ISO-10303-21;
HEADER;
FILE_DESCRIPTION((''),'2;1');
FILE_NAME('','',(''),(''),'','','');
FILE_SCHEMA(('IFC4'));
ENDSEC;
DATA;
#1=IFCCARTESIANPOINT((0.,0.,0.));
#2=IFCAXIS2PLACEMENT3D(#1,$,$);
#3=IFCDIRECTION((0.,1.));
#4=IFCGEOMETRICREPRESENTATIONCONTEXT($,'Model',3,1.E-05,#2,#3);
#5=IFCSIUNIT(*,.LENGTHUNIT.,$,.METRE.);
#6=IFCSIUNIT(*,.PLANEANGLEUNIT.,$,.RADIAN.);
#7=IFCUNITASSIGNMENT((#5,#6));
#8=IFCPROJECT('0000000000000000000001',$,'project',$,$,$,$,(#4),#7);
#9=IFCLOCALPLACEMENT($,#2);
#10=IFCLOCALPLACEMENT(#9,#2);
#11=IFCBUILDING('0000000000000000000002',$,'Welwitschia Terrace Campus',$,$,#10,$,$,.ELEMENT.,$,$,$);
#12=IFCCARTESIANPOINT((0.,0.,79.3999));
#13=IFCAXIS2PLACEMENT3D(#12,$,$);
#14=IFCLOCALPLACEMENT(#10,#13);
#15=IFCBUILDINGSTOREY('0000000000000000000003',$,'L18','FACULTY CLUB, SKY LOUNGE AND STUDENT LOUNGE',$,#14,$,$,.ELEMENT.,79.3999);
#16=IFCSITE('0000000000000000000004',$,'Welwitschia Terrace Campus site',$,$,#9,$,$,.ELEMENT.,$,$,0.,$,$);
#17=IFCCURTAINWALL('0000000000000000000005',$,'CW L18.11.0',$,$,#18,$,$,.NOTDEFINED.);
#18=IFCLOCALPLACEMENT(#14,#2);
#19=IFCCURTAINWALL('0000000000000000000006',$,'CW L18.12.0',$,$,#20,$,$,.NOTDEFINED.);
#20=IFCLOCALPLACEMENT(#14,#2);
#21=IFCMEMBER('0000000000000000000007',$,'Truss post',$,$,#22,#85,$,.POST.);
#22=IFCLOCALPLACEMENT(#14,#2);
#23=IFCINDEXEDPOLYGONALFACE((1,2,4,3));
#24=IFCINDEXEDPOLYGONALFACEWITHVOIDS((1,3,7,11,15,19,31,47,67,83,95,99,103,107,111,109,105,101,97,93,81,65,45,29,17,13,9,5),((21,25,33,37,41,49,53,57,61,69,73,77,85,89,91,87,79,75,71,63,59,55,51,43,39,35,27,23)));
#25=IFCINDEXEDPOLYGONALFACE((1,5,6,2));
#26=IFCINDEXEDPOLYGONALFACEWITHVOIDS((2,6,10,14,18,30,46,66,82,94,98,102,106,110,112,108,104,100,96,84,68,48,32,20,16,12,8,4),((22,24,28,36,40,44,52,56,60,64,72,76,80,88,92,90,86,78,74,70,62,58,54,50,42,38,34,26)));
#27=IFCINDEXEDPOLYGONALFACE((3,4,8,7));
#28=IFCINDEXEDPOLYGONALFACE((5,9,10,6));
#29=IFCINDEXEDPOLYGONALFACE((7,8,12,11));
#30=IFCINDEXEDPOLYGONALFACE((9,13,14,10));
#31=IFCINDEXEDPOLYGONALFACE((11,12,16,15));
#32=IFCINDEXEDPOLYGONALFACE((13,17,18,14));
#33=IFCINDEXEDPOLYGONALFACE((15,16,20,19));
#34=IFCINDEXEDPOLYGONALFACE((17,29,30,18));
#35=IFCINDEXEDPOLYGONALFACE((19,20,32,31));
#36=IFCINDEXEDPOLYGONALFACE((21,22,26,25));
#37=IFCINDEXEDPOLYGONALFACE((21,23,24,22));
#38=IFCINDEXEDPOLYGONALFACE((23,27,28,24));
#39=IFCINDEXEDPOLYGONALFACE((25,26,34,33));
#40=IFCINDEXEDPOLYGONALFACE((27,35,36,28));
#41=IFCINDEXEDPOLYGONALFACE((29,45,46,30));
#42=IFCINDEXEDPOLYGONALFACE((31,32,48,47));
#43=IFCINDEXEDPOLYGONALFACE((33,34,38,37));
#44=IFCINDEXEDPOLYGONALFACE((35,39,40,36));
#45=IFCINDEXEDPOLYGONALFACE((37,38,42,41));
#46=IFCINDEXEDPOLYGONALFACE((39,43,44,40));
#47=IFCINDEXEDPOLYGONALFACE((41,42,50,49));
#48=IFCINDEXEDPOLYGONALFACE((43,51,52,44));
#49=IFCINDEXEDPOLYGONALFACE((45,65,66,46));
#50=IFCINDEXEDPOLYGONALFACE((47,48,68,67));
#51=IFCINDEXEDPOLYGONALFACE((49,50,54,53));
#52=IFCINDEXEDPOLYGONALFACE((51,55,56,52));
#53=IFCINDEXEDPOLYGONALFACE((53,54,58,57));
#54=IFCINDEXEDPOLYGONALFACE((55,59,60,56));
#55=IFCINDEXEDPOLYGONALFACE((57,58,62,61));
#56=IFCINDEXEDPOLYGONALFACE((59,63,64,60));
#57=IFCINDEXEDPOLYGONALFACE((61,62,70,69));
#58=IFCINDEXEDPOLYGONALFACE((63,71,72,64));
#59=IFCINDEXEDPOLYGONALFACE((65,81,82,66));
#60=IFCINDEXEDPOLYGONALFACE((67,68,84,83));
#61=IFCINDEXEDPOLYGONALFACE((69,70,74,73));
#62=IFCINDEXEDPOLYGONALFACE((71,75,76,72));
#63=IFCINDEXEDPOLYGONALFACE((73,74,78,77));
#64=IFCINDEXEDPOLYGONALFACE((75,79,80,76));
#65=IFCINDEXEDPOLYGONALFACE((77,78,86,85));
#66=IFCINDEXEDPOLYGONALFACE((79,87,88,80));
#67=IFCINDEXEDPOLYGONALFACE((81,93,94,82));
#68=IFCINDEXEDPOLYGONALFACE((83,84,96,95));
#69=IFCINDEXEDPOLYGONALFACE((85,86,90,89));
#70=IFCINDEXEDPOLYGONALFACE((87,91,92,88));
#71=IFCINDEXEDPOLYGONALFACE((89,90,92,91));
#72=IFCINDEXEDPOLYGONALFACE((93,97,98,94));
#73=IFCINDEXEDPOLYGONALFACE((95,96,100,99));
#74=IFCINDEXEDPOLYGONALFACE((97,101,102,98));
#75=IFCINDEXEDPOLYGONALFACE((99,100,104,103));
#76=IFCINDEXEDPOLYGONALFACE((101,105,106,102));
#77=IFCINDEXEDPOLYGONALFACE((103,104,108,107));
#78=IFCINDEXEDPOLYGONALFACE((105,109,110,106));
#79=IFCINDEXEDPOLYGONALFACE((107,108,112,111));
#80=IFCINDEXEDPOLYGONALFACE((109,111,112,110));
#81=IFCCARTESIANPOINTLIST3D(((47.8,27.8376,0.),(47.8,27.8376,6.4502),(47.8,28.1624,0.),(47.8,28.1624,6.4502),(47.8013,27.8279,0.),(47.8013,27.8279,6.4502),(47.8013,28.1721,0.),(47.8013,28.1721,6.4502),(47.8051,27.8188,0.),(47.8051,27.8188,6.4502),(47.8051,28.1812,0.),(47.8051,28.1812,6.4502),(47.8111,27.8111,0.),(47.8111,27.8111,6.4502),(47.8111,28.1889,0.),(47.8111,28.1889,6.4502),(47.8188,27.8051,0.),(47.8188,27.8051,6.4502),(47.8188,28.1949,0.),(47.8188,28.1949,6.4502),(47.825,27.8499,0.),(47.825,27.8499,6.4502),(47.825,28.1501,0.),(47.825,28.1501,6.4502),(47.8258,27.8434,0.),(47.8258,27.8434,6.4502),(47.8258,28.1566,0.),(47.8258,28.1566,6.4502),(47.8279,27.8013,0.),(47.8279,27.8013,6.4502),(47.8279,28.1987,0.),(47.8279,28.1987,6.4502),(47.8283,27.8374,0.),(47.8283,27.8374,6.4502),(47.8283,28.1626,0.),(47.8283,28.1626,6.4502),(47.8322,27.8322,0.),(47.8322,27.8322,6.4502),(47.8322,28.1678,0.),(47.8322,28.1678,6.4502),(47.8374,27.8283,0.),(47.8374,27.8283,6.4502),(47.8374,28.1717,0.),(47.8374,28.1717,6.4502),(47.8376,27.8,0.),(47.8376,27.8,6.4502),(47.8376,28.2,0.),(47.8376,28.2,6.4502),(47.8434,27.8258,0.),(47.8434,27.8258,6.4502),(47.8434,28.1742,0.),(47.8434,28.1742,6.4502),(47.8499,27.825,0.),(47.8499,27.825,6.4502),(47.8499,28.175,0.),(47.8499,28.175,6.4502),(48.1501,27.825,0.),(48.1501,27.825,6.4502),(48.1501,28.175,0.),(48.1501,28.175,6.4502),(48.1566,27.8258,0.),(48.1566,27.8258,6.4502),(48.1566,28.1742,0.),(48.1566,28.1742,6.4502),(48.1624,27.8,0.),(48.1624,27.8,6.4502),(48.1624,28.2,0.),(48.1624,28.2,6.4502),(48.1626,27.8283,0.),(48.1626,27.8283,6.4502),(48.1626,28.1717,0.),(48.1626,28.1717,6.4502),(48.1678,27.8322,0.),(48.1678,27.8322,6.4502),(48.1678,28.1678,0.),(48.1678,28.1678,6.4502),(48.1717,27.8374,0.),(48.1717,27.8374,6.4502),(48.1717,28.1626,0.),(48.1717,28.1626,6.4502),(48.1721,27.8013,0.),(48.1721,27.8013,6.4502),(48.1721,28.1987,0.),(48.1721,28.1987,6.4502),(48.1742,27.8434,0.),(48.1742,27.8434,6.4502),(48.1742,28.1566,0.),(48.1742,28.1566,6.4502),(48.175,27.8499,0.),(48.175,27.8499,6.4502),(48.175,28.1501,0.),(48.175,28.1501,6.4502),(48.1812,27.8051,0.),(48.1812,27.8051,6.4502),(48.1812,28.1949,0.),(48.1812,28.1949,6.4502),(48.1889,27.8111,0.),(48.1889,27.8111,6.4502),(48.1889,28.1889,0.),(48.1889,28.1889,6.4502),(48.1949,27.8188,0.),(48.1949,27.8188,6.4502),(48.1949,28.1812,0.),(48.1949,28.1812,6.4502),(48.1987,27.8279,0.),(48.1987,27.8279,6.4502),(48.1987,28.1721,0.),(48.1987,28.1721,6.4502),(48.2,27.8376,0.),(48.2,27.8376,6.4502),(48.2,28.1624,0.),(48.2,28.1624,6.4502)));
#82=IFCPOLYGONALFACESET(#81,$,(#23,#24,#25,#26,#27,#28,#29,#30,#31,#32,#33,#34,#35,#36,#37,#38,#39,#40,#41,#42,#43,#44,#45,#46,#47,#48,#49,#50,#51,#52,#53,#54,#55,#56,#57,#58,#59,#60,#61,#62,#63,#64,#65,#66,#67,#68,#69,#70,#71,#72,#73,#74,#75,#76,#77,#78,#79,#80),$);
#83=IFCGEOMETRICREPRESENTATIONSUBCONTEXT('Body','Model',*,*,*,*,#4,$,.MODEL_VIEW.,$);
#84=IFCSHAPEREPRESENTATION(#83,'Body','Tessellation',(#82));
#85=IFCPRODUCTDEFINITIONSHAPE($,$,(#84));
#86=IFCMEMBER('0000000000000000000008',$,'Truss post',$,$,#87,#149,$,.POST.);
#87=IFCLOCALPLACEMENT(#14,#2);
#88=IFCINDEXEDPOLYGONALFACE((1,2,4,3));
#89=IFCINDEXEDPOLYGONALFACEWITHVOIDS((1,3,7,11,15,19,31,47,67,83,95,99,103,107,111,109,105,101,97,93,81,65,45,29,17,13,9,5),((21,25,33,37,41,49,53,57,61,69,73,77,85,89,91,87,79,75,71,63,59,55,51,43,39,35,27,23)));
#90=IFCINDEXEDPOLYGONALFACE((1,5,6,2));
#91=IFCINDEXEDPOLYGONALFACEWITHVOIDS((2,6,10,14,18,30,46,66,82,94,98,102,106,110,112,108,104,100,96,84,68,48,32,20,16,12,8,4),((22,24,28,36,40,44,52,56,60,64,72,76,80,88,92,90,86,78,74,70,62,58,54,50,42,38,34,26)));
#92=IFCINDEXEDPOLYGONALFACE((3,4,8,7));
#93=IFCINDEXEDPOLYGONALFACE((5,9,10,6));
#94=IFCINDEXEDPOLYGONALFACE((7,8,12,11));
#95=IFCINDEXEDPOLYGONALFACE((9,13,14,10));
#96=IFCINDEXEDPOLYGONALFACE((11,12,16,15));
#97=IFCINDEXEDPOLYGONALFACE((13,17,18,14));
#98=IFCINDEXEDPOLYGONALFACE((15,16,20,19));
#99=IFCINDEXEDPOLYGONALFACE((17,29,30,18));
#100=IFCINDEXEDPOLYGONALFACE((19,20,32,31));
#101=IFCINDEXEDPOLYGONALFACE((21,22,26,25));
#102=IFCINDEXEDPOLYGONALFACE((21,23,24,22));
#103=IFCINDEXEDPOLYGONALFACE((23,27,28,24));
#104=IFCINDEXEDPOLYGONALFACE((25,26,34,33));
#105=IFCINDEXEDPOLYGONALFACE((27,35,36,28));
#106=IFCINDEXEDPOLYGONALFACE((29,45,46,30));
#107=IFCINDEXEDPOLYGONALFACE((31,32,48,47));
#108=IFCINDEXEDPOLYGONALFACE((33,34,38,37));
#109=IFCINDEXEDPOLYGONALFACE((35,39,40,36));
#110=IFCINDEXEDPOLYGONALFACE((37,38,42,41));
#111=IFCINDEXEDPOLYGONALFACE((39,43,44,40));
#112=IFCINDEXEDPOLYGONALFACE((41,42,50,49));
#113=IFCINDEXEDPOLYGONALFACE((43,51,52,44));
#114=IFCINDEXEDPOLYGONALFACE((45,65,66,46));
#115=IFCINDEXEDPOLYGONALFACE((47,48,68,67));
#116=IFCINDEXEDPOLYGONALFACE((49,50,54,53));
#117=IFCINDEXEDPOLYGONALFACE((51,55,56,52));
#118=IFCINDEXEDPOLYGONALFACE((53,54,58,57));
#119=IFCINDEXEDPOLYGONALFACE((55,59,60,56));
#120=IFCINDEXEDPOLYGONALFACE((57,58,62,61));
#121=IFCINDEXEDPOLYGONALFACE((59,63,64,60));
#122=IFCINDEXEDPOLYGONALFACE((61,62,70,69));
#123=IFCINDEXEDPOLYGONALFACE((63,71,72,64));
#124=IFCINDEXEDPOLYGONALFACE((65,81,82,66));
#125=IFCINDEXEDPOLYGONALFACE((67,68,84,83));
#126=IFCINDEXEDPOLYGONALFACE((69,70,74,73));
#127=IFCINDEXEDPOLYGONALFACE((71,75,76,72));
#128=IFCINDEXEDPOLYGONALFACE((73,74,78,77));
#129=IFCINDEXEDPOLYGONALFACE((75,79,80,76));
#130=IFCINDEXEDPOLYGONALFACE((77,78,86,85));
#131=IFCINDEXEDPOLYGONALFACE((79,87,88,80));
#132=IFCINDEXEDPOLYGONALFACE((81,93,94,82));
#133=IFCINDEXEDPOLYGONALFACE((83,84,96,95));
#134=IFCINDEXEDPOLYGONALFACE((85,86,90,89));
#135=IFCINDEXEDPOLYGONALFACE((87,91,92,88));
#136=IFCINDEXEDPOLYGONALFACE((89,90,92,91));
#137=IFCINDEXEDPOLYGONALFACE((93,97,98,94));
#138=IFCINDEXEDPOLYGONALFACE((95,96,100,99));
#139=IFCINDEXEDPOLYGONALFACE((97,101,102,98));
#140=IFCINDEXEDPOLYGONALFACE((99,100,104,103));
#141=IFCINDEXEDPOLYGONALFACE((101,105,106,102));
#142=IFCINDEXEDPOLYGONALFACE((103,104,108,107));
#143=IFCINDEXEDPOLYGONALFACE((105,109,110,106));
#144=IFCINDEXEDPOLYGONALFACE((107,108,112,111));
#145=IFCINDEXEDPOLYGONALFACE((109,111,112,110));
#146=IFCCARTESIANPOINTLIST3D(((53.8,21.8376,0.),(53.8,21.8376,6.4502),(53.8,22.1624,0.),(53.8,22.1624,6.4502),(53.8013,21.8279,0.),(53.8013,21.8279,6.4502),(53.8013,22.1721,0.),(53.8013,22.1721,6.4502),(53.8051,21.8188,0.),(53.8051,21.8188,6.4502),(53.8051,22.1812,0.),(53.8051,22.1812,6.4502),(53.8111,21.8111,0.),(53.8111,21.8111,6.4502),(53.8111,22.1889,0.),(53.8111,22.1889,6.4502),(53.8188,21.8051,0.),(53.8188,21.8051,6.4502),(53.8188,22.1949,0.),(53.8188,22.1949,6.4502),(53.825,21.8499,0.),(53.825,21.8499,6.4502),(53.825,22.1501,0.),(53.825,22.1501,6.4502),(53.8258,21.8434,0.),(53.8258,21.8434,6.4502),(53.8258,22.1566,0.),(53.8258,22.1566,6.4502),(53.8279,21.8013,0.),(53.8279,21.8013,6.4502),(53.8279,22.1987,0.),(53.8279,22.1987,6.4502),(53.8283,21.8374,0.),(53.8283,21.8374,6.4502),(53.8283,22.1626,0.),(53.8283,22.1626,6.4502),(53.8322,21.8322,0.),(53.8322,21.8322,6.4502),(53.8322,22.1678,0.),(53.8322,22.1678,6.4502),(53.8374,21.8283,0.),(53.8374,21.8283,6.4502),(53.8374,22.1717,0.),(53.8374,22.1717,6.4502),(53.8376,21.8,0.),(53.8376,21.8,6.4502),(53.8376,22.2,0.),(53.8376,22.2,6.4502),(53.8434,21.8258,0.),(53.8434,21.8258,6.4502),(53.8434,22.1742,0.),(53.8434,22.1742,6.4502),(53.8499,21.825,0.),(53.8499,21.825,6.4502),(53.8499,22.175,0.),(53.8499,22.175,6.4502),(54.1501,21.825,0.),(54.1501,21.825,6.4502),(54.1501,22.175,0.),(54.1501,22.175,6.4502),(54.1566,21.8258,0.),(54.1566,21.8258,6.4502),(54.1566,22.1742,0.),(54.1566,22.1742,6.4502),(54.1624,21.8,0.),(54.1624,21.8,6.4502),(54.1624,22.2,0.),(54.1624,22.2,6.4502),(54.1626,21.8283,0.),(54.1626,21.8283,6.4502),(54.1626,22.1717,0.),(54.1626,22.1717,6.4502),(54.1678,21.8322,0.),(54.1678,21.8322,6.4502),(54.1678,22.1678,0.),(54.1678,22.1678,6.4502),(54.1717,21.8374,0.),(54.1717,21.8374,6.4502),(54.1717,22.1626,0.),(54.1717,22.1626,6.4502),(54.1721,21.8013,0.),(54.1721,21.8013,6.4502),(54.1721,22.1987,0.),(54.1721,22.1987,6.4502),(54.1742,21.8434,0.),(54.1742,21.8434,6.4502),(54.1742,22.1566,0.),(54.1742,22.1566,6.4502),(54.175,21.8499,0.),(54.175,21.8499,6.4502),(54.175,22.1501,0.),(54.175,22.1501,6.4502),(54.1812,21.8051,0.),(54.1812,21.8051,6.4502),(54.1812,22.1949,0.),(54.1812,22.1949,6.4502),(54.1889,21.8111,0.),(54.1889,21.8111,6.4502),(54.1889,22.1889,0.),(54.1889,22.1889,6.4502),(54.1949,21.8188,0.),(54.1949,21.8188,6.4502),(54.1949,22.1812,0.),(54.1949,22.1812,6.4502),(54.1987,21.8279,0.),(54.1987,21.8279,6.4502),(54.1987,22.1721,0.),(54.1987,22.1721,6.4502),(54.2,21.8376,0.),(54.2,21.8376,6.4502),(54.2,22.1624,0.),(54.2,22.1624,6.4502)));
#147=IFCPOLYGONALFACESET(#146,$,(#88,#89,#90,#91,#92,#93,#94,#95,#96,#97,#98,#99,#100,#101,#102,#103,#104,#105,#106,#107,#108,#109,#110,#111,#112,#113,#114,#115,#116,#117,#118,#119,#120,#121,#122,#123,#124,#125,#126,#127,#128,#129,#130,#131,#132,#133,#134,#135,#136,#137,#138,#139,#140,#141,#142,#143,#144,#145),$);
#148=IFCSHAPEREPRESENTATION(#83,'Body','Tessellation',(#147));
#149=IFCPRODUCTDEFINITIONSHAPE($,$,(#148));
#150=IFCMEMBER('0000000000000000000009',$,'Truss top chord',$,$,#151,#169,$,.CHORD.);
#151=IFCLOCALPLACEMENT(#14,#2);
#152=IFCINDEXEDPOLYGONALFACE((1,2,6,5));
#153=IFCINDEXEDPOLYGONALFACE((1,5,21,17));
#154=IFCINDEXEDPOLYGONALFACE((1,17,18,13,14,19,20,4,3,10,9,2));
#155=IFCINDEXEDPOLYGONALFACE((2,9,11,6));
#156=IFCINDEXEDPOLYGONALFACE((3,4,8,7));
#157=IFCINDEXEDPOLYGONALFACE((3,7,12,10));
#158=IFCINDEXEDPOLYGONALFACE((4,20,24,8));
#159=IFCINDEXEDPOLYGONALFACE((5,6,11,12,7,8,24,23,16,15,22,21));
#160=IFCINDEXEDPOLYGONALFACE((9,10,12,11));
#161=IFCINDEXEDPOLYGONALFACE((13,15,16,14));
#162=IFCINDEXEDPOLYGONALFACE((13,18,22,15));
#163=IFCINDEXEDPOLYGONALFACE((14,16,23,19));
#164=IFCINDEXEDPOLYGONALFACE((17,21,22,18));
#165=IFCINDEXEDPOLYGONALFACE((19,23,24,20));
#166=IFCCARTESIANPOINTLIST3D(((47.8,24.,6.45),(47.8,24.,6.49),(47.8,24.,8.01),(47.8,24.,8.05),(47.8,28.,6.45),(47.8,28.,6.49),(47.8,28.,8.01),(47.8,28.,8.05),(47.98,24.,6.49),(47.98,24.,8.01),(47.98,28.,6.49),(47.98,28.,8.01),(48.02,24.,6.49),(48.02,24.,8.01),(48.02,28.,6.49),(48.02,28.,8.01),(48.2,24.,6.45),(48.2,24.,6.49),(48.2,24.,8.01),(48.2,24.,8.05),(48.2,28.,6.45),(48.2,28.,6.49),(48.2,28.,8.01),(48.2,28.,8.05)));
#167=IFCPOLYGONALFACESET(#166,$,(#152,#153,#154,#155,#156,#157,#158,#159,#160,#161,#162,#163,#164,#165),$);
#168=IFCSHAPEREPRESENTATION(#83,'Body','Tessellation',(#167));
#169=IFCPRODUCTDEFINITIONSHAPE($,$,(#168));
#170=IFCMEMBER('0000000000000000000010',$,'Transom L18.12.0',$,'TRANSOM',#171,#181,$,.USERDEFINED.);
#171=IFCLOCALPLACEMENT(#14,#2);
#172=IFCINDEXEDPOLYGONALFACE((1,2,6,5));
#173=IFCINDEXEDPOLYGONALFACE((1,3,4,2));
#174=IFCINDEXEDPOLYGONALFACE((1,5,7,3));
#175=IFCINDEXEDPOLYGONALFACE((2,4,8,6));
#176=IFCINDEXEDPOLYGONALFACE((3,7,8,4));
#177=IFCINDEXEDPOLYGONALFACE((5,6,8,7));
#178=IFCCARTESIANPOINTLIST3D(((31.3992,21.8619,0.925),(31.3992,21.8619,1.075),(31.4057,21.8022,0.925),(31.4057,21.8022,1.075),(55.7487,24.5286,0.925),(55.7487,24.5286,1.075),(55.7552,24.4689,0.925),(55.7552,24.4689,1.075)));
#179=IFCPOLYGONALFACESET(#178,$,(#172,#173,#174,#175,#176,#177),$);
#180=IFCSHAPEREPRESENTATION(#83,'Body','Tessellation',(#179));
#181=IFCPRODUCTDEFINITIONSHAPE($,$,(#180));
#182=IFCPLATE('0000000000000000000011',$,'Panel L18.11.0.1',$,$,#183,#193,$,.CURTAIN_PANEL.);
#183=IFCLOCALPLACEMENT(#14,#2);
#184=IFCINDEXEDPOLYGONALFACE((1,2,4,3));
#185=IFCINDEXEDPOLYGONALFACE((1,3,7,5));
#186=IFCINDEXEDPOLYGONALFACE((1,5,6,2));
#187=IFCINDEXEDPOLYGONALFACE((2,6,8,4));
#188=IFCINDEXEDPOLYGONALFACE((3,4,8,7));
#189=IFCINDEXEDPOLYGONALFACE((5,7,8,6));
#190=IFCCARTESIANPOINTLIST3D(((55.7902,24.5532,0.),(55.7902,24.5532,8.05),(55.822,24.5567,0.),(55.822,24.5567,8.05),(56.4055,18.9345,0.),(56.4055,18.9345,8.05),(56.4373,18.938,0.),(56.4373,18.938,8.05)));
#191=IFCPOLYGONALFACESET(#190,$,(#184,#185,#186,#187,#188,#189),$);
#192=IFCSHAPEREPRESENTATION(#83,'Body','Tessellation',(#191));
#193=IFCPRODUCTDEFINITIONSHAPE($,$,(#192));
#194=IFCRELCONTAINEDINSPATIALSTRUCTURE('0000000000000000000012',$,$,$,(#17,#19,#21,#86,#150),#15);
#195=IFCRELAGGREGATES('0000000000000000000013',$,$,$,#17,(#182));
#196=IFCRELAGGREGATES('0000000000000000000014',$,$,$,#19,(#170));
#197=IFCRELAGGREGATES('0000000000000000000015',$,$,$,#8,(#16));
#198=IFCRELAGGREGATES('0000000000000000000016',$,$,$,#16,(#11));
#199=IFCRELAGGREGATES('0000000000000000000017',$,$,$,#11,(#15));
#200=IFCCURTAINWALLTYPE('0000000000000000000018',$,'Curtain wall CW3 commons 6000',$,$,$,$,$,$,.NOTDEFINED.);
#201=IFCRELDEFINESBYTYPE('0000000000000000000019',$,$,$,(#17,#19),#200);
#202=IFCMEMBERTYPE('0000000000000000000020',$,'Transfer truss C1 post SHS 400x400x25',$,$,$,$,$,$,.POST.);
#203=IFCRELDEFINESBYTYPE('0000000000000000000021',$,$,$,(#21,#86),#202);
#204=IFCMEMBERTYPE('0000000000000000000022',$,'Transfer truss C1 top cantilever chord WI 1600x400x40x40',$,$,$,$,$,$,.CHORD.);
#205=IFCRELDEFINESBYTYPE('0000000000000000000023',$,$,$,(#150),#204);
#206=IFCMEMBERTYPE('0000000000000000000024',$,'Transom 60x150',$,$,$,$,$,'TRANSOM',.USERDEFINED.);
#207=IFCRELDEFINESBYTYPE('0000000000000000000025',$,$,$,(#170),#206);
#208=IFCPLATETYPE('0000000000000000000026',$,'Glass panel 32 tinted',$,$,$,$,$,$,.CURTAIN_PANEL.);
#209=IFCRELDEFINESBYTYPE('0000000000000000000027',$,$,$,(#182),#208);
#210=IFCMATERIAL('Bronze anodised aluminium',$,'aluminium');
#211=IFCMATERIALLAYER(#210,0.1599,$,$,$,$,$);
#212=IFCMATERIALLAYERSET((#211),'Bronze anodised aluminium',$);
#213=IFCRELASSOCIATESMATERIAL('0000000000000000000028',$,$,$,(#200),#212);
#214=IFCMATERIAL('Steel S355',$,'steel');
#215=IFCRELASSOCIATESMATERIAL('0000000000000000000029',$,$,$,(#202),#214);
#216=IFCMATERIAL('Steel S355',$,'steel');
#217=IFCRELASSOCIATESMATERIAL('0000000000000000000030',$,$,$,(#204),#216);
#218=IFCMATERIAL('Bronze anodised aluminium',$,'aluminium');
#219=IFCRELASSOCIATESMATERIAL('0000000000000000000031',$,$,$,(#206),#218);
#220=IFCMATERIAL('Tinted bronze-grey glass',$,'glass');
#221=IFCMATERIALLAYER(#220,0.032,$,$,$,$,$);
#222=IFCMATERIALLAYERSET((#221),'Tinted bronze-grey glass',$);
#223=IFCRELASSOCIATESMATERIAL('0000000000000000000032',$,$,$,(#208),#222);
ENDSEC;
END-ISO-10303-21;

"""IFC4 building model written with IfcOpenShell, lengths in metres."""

from ifc_helpers import new_model, si_unit, direction, frame, origin, origin_2d, place, context, subcontext, project, spatial, rectangle, hollow_rectangle, i_section, extrude, material, layer, layer_set, material_profile, profile_set, type_object, element, aggregate, save


model = new_model("IFC4")

# Units and contexts
model_context = context("Model", 3, precision=1e-05, world=origin(), true_north=direction((0.0, 1.0)))
body_context = subcontext(model_context, "Body", "Model", "MODEL_VIEW")
ifc_project = project(units=[si_unit("LENGTHUNIT", "METRE"), si_unit("PLANEANGLEUNIT", "RADIAN")], contexts=[model_context])

# Site, building, storey
site_placement = place(None, origin())
site = spatial("IfcSite", under=ifc_project, at=site_placement, Name="Welwitschia Terrace Campus site", CompositionType="ELEMENT", RefElevation=0.0)
building_placement = place(site_placement, origin())
building = spatial("IfcBuilding", under=site, at=building_placement, Name="Welwitschia Terrace Campus", CompositionType="ELEMENT")
storey_placement = place(building_placement, frame((0.0, 0.0, 79.3999)))
storey = spatial("IfcBuildingStorey", under=building, at=storey_placement, Name="L18", Description="FACULTY CLUB, SKY LOUNGE AND STUDENT LOUNGE", CompositionType="ELEMENT", Elevation=79.3999)

# Curtain wall
ifc_material_1 = material(Name="Bronze anodised aluminium", Category="aluminium")
ifc_layer_1 = layer(ifc_material_1, 0.1599)
ifc_layer_set_1 = layer_set([ifc_layer_1], Name="Bronze anodised aluminium")
curtain_wall_type = type_object("IfcCurtainWallType", Name="Curtain wall CW3 commons 6000", PredefinedType="NOTDEFINED", material=ifc_layer_set_1)
curtain_wall_1_placement = place(storey_placement, origin())
curtain_wall_1 = element("IfcCurtainWall", 1, at=curtain_wall_1_placement, inside=storey, type_object=curtain_wall_type, Name="CW L18.11.0", PredefinedType="NOTDEFINED")

# Curtain wall
curtain_wall_2_placement = place(storey_placement, origin())
curtain_wall_2 = element("IfcCurtainWall", 2, at=curtain_wall_2_placement, inside=storey, type_object=curtain_wall_type, Name="CW L18.12.0", PredefinedType="NOTDEFINED")

# Members
ifc_material_2 = material(Name="Steel S355", Category="steel")
ifc_material_profile_1 = material_profile(ifc_material_2, hollow_rectangle(XDim=0.3999, YDim=0.3999, WallThickness=0.0249, InnerFilletRadius=0.0249, OuterFilletRadius=0.0376, at=origin_2d()))
ifc_profile_set_1 = profile_set([ifc_material_profile_1], Name="Steel S355")
member_type_1 = type_object("IfcMemberType", Name="Transfer truss C1 post SHS 400x400x25", PredefinedType="POST", material=ifc_profile_set_1)
for number, where, z_axis, x_axis, name in (
    (3, (48.0, 28.0, 0.0), (0.0, 0.0, 1.0), (1.0, 0.0, 0.0), "Truss post"),
    (4, (54.0, 22.0, 0.0), (0.0, 0.0, 1.0), (1.0, 0.0, 0.0), "Truss post"),
):
    element("IfcMember", number, at=place(storey_placement, frame(where, z_axis=z_axis, x_axis=x_axis)), inside=storey, type_object=member_type_1, Name=name, PredefinedType="POST", context=body_context, shape_type="SweptSolid", body=[
        extrude(hollow_rectangle(XDim=0.3999, YDim=0.3999, WallThickness=0.0249, InnerFilletRadius=0.0249, OuterFilletRadius=0.0376, at=origin_2d()), origin(), (0.0, 0.0, 1.0), 6.4502),
    ])
ifc_material_3 = material(Name="Steel S355", Category="steel")
ifc_material_profile_2 = material_profile(ifc_material_3, i_section(OverallWidth=0.3999, OverallDepth=1.6001, WebThickness=0.04, FlangeThickness=0.04, at=origin_2d()))
ifc_profile_set_2 = profile_set([ifc_material_profile_2], Name="Steel S355")
member_type_2 = type_object("IfcMemberType", Name="Transfer truss C1 top cantilever chord WI 1600x400x40x40", PredefinedType="CHORD", material=ifc_profile_set_2)
member_1_placement = place(storey_placement, frame((48.0, 24.0, 7.25), z_axis=(0.0, 1.0, 0.0), x_axis=(-1.0, 0.0, 0.0)))
element("IfcMember", 5, at=member_1_placement, inside=storey, type_object=member_type_2, Name="Truss top chord", PredefinedType="CHORD", context=body_context, shape_type="SweptSolid", body=[
    extrude(i_section(OverallWidth=0.3999, OverallDepth=1.6001, WebThickness=0.04, FlangeThickness=0.04, at=origin_2d()), origin(), (0.0, 0.0, 1.0), 4.0),
])

# Member
ifc_material_4 = material(Name="Bronze anodised aluminium", Category="aluminium")
ifc_material_profile_3 = material_profile(ifc_material_4, rectangle(XDim=0.0601, YDim=0.1499, at=origin_2d()))
ifc_profile_set_3 = profile_set([ifc_material_profile_3], Name="Bronze anodised aluminium")
member_type_3 = type_object("IfcMemberType", Name="Transom 60x150", ElementType="TRANSOM", PredefinedType="USERDEFINED", material=ifc_profile_set_3)
member_2_placement = place(storey_placement, frame((55.752, 24.4988, 1.0), z_axis=(-0.994056, -0.108868, 0.0), x_axis=(0.108868, -0.994056, 0.0)))
member_2 = element("IfcMember", 6, at=member_2_placement, type_object=member_type_3, Name="Transom L18.12.0", ObjectType="TRANSOM", PredefinedType="USERDEFINED", context=body_context, shape_type="SweptSolid", body=[
    extrude(rectangle(XDim=0.0601, YDim=0.1499, at=origin_2d()), origin(), (0.0, 0.0, 1.0), 24.4951),
])

# Plate
ifc_material_5 = material(Name="Tinted bronze-grey glass", Category="glass")
ifc_layer_2 = layer(ifc_material_5, 0.032)
ifc_layer_set_2 = layer_set([ifc_layer_2], Name="Tinted bronze-grey glass")
plate_type = type_object("IfcPlateType", Name="Glass panel 32 tinted", PredefinedType="CURTAIN_PANEL", material=ifc_layer_set_2)
plate_1_placement = place(storey_placement, frame((56.1138, 21.7456, 0.0), z_axis=(0.0, 0.0, 1.0), x_axis=(-0.108867, 0.994056, 0.0)))
plate_1 = element("IfcPlate", 7, at=plate_1_placement, type_object=plate_type, Name="Panel L18.11.0.1", PredefinedType="CURTAIN_PANEL", context=body_context, shape_type="SweptSolid", body=[
    extrude(rectangle(XDim=5.6523, YDim=0.032, at=origin_2d()), origin(), (0.0, 0.0, 1.0), 8.05),
])
aggregate(curtain_wall_1, [plate_1])
aggregate(curtain_wall_2, [member_2])

save(model, "model.ifc")
